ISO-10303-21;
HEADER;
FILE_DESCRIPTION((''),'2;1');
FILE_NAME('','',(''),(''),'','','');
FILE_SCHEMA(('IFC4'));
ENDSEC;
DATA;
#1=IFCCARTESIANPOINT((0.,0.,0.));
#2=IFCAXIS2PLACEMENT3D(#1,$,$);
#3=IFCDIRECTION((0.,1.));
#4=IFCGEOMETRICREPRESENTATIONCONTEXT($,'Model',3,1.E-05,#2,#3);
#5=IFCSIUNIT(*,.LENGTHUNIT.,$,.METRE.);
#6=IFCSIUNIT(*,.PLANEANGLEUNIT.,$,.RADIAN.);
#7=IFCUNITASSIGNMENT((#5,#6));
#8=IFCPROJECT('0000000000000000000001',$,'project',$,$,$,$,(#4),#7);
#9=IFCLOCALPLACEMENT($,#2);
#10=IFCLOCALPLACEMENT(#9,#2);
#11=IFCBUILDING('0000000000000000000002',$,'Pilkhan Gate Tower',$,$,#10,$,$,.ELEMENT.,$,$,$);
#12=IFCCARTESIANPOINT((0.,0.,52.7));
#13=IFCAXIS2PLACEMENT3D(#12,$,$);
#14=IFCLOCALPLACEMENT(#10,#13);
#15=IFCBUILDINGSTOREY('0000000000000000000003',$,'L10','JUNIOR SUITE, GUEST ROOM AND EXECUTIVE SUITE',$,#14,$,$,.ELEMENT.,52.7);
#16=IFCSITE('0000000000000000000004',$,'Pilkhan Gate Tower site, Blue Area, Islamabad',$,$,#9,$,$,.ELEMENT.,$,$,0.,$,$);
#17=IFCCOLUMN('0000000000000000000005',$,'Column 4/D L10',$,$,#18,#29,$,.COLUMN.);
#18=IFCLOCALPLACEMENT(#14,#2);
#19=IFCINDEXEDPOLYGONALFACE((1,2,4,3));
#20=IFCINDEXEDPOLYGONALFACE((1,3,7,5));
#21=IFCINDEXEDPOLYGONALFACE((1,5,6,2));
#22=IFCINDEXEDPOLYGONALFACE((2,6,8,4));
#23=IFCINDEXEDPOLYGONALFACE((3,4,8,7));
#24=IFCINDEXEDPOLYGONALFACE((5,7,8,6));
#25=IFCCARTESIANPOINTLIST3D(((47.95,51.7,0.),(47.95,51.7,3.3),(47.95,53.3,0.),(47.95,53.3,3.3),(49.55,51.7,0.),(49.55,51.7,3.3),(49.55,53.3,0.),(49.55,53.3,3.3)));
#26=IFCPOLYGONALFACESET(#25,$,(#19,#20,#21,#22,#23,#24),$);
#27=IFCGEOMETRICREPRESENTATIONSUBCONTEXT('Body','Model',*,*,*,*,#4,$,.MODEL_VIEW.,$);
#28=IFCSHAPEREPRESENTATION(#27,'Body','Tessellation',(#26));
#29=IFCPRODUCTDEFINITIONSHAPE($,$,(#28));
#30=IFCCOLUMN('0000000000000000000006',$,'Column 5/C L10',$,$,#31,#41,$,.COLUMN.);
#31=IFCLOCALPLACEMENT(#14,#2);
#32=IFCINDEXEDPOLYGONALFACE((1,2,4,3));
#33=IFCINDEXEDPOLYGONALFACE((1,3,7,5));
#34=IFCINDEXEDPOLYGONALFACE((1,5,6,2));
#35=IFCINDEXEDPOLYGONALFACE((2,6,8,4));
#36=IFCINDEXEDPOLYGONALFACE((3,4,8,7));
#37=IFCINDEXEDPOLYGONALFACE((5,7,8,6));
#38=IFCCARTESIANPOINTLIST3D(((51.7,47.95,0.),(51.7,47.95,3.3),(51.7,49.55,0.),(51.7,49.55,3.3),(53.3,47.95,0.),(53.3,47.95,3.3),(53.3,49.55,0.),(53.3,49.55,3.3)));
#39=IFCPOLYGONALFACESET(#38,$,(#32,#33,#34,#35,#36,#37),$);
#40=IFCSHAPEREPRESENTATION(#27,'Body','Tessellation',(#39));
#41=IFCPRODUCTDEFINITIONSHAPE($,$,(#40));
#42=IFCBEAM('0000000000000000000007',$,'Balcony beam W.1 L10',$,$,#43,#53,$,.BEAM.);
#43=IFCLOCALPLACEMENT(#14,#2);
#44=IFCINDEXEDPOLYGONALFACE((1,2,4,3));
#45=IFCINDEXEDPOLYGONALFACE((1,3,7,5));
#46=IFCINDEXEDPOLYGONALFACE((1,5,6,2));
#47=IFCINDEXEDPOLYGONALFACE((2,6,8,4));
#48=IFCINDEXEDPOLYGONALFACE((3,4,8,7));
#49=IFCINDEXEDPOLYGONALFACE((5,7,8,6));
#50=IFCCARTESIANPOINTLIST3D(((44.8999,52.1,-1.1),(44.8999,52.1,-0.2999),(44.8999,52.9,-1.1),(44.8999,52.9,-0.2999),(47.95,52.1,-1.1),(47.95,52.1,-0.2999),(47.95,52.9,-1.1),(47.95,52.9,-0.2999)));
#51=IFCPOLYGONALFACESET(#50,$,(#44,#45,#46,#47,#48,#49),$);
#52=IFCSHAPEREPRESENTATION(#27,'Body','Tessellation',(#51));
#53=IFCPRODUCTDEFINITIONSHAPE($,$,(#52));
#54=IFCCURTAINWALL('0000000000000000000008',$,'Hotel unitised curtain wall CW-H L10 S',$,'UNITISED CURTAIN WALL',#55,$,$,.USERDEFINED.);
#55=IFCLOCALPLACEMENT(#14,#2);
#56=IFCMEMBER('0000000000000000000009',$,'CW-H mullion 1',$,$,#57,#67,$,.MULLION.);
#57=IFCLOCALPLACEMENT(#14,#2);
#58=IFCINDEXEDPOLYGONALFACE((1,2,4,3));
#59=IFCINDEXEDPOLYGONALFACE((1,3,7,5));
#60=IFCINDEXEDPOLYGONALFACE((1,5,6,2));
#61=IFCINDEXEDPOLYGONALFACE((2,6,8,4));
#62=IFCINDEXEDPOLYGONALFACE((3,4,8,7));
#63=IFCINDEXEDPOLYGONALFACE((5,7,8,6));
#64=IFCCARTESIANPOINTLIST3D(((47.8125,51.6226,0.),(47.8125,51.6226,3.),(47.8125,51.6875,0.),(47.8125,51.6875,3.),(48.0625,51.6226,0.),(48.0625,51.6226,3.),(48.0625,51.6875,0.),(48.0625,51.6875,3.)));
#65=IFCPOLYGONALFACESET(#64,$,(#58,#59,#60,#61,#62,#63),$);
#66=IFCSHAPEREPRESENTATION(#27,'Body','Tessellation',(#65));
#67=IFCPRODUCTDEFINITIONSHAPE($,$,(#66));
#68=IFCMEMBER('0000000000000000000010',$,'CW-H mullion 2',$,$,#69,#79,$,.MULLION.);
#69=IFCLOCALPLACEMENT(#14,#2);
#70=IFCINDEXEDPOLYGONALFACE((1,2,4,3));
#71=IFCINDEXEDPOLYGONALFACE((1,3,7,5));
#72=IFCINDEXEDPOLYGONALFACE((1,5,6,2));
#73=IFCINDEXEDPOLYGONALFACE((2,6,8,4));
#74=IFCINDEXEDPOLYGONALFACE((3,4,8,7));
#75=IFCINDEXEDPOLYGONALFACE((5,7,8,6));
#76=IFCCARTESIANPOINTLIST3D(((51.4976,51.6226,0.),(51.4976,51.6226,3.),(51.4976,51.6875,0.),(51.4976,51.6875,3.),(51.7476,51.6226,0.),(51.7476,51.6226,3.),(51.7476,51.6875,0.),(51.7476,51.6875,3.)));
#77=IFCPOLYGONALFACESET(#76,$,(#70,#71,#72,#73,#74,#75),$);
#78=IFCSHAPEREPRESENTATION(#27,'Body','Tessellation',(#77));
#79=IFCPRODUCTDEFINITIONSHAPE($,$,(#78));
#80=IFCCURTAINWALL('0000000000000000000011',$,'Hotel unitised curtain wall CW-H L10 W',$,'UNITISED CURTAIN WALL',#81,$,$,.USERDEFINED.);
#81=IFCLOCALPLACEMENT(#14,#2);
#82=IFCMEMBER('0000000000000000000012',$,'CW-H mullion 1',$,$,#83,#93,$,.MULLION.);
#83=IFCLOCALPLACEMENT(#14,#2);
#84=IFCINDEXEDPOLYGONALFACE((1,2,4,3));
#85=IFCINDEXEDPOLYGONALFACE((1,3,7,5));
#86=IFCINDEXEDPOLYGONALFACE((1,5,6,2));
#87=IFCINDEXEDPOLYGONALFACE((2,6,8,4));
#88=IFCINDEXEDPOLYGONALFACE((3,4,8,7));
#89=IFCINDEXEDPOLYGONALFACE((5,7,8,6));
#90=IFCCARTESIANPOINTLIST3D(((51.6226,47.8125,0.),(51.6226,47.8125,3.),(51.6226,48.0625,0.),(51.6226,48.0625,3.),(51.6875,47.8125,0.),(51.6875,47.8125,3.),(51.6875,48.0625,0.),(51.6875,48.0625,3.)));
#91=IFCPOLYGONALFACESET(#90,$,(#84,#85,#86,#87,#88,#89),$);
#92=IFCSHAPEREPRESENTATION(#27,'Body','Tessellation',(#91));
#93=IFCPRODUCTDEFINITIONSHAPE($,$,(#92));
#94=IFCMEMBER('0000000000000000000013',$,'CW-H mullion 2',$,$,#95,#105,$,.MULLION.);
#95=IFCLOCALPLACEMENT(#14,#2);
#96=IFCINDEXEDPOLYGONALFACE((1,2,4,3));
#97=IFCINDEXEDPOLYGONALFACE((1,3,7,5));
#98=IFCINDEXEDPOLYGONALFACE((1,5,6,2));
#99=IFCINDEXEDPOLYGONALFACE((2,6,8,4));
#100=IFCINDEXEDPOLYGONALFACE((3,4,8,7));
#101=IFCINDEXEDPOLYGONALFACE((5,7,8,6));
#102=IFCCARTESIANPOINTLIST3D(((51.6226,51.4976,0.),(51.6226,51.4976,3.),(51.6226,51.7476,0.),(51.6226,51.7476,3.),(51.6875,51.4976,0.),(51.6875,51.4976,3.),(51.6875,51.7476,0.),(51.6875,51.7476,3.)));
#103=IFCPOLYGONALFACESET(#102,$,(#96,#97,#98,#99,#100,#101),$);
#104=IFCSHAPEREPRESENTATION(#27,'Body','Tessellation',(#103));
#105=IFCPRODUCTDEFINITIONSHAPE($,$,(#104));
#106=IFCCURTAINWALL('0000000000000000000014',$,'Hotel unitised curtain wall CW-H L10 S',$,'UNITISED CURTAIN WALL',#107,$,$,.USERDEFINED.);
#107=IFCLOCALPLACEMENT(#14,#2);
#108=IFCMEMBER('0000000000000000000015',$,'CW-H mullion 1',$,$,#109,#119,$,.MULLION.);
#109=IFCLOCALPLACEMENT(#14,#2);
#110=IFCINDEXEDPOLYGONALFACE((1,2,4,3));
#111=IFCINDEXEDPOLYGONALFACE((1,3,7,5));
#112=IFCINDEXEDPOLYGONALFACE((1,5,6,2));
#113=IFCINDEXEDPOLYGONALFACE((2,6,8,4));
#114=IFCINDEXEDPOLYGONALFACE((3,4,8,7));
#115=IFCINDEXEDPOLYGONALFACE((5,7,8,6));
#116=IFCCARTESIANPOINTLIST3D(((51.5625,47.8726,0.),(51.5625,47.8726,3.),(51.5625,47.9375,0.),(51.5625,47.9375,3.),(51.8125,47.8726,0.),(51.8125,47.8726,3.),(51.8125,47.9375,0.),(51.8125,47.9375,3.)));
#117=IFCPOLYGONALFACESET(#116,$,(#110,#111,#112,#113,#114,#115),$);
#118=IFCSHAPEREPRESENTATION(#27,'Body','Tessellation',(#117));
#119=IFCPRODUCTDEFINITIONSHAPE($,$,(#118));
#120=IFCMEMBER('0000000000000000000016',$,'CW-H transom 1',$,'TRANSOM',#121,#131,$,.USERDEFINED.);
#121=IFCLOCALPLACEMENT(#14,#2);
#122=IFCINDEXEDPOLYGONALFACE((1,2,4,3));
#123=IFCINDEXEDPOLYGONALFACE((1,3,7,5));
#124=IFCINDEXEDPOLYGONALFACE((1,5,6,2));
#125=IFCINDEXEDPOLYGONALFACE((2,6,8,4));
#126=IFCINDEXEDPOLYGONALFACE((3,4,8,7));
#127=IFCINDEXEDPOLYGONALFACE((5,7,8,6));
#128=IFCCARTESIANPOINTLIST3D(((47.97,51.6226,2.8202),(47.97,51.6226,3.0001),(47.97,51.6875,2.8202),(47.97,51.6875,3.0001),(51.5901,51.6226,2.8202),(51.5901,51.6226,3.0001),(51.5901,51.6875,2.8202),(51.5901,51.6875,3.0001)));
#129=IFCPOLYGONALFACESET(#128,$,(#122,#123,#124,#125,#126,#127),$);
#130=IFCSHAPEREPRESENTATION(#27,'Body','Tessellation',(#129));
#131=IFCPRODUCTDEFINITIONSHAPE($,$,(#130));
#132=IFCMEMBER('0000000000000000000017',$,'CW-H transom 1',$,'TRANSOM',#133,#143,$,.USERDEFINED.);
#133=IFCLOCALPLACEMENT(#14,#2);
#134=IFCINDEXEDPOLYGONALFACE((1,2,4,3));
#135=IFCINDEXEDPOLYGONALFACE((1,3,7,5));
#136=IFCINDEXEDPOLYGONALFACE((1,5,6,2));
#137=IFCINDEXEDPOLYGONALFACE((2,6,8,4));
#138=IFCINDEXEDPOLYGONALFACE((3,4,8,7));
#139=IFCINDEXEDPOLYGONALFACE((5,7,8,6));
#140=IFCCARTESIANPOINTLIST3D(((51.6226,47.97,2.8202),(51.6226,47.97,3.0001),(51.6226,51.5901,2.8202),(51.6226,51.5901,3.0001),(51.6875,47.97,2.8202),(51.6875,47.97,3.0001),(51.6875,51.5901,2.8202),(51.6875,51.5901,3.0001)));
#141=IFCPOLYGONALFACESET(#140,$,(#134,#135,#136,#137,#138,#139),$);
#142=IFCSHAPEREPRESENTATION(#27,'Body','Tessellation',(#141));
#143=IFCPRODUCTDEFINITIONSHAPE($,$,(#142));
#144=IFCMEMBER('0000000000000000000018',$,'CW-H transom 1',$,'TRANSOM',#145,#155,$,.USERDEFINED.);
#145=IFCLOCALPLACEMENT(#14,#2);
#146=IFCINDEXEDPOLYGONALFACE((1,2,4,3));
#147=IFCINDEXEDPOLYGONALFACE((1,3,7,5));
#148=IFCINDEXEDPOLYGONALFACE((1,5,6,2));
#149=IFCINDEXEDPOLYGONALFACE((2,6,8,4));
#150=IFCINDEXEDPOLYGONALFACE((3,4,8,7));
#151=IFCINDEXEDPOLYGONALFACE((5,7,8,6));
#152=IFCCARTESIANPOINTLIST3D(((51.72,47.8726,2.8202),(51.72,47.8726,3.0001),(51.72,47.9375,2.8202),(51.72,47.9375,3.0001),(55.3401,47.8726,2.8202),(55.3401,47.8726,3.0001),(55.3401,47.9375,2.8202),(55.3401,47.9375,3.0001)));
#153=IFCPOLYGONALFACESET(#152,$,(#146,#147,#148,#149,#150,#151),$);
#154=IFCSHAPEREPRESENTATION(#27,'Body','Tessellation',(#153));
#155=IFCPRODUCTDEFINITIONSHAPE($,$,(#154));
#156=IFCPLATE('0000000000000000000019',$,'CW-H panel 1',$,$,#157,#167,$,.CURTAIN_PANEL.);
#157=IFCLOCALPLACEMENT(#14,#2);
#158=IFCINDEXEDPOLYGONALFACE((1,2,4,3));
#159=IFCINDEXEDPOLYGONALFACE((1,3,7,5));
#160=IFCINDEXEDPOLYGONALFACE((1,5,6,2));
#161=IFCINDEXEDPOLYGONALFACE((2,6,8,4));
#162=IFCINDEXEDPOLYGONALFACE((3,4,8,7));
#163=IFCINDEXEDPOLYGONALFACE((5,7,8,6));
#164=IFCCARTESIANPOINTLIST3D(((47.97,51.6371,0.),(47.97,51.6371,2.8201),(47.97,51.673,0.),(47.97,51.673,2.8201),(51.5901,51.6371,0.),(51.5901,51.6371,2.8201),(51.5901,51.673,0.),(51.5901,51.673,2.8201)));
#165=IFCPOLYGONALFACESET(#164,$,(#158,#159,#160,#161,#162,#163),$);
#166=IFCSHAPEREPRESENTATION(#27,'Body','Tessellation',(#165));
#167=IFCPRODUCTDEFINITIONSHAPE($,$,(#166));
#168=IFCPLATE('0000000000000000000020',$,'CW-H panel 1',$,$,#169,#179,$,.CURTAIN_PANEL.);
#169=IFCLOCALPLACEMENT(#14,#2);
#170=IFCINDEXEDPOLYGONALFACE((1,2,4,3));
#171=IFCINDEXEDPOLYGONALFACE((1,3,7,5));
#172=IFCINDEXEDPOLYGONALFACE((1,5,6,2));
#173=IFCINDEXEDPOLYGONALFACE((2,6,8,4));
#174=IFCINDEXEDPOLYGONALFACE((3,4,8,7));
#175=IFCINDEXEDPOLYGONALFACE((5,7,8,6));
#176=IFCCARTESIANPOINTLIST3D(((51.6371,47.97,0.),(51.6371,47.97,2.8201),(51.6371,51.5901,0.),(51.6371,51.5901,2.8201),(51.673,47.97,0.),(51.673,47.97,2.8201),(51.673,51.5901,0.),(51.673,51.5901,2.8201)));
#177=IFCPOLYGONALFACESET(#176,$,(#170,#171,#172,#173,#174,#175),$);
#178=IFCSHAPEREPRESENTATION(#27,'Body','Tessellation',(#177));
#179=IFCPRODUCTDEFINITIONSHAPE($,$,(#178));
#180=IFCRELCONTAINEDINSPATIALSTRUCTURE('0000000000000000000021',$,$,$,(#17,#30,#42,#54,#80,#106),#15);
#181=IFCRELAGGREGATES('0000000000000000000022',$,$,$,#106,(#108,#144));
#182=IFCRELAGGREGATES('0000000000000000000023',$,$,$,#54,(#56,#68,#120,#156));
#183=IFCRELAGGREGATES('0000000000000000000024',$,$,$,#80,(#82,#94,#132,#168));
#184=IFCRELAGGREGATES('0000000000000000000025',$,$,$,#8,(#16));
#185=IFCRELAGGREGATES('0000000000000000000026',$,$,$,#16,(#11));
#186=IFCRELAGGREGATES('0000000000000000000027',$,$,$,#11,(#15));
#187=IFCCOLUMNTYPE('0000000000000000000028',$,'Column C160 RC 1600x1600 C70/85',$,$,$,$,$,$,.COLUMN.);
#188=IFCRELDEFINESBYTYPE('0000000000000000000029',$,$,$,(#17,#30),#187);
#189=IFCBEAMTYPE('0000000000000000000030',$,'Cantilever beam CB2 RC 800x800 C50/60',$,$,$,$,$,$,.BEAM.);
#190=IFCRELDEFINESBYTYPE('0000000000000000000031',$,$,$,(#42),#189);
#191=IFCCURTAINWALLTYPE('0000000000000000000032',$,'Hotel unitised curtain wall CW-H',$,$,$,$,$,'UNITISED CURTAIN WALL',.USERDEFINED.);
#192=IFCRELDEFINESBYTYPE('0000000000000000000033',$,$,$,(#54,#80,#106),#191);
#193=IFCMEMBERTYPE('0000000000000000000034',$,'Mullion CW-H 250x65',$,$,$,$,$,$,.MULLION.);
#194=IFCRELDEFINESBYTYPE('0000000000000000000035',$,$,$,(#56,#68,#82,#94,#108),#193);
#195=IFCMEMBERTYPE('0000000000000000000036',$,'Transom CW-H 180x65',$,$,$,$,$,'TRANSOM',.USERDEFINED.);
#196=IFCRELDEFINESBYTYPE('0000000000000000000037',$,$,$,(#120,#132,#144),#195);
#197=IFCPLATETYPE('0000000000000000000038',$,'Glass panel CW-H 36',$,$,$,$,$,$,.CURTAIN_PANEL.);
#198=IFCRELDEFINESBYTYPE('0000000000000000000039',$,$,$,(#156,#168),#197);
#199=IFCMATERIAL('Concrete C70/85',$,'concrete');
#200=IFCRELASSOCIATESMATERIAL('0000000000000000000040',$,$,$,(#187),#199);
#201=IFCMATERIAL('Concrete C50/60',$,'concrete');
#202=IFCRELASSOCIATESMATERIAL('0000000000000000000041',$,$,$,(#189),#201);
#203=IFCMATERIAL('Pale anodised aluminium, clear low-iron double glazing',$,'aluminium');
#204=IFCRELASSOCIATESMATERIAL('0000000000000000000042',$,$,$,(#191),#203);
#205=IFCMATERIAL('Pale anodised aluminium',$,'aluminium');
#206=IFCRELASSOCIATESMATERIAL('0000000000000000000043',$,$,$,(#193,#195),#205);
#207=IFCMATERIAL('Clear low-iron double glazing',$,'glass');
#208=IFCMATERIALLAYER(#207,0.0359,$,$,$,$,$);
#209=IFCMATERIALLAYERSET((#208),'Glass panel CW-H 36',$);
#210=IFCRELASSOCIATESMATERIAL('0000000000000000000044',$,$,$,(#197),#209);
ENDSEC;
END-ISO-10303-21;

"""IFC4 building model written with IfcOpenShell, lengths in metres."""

from ifc_helpers import new_model, si_unit, direction, frame, origin, origin_2d, place, context, subcontext, project, spatial, rectangle, extrude, material, layer, layer_set, material_profile, profile_set, type_object, element, aggregate, save


model = new_model("IFC4")

# Units and contexts
model_context = context("Model", 3, precision=1e-05, world=origin(), true_north=direction((0.0, 1.0)))
body_context = subcontext(model_context, "Body", "Model", "MODEL_VIEW")
ifc_project = project(units=[si_unit("LENGTHUNIT", "METRE"), si_unit("PLANEANGLEUNIT", "RADIAN")], contexts=[model_context])

# Site, building, storey
site_placement = place(None, origin())
site = spatial("IfcSite", under=ifc_project, at=site_placement, Name="Pilkhan Gate Tower site, Blue Area, Islamabad", CompositionType="ELEMENT", RefElevation=0.0)
building_placement = place(site_placement, origin())
building = spatial("IfcBuilding", under=site, at=building_placement, Name="Pilkhan Gate Tower", CompositionType="ELEMENT")
storey_placement = place(building_placement, frame((0.0, 0.0, 52.7)))
storey = spatial("IfcBuildingStorey", under=building, at=storey_placement, Name="L10", Description="JUNIOR SUITE, GUEST ROOM AND EXECUTIVE SUITE", CompositionType="ELEMENT", Elevation=52.7)

# Columns
ifc_material_1 = material(Name="Concrete C70/85", Category="concrete")
ifc_material_profile_1 = material_profile(ifc_material_1, rectangle(XDim=1.6001, YDim=1.6001, at=origin_2d()), Name="RC 1600x1600")
ifc_profile_set_1 = profile_set([ifc_material_profile_1], Name="Concrete C70/85")
column_type = type_object("IfcColumnType", Name="Column C160 RC 1600x1600 C70/85", PredefinedType="COLUMN", material=ifc_profile_set_1)
for number, where, z_axis, x_axis, name in (
    (1, (48.75, 52.5, 0.0), (0.0, 0.0, 1.0), (1.0, 0.0, 0.0), "Column 4/D L10"),
    (2, (52.5, 48.75, 0.0), (0.0, 0.0, 1.0), (1.0, 0.0, 0.0), "Column 5/C L10"),
):
    element("IfcColumn", number, at=place(storey_placement, frame(where, z_axis=z_axis, x_axis=x_axis)), inside=storey, type_object=column_type, Name=name, PredefinedType="COLUMN", context=body_context, shape_type="SweptSolid", body=[
        extrude(rectangle(XDim=1.6001, YDim=1.6001, at=origin_2d()), origin(), (0.0, 0.0, 1.0), 3.3),
    ])

# Beam
ifc_material_2 = material(Name="Concrete C50/60", Category="concrete")
ifc_material_profile_2 = material_profile(ifc_material_2, rectangle(XDim=0.8, YDim=0.8, at=origin_2d()), Name="RC 800x800")
ifc_profile_set_2 = profile_set([ifc_material_profile_2], Name="Concrete C50/60")
beam_type = type_object("IfcBeamType", Name="Cantilever beam CB2 RC 800x800 C50/60", PredefinedType="BEAM", material=ifc_profile_set_2)
beam_placement = place(storey_placement, frame((47.95, 52.5, -0.7), z_axis=(-1.0, 0.0, 0.0), x_axis=(0.0, -1.0, 0.0)))
element("IfcBeam", 3, at=beam_placement, inside=storey, type_object=beam_type, Name="Balcony beam W.1 L10", PredefinedType="BEAM", context=body_context, shape_type="SweptSolid", body=[
    extrude(rectangle(XDim=0.8, YDim=0.8, at=origin_2d()), origin(), (0.0, 0.0, 1.0), 3.05),
])

# Curtain walls, members
ifc_material_3 = material(Name="Pale anodised aluminium, clear low-iron double glazing", Category="aluminium")
curtain_wall_type = type_object("IfcCurtainWallType", Name="Hotel unitised curtain wall CW-H", ElementType="UNITISED CURTAIN WALL", PredefinedType="USERDEFINED", material=ifc_material_3)
curtain_wall_1_placement = place(storey_placement, origin())
curtain_wall_1 = element("IfcCurtainWall", 4, at=curtain_wall_1_placement, inside=storey, type_object=curtain_wall_type, Name="Hotel unitised curtain wall CW-H L10 S", ObjectType="UNITISED CURTAIN WALL", PredefinedType="USERDEFINED")
ifc_material_4 = material(Name="Pale anodised aluminium", Category="aluminium")
ifc_material_profile_3 = material_profile(ifc_material_4, rectangle(XDim=0.0649, YDim=0.25, at=origin_2d()), Name="Mullion 250x65")
ifc_profile_set_3 = profile_set([ifc_material_profile_3], Name="Pale anodised aluminium")
member_type_1 = type_object("IfcMemberType", Name="Mullion CW-H 250x65", PredefinedType="MULLION", material=ifc_profile_set_3)
member_1_placement = place(storey_placement, frame((47.9375, 51.655, 0.0), z_axis=(0.0, 0.0, 1.0), x_axis=(0.0, 1.0, 0.0)))
member_1 = element("IfcMember", 5, at=member_1_placement, type_object=member_type_1, Name="CW-H mullion 1", PredefinedType="MULLION", context=body_context, shape_type="SweptSolid", body=[
    extrude(rectangle(XDim=0.0649, YDim=0.25, at=origin_2d()), origin(), (0.0, 0.0, 1.0), 3.0),
])
member_2_placement = place(storey_placement, frame((51.6226, 51.655, 0.0), z_axis=(0.0, 0.0, 1.0), x_axis=(0.0, 1.0, 0.0)))
member_2 = element("IfcMember", 6, at=member_2_placement, type_object=member_type_1, Name="CW-H mullion 2", PredefinedType="MULLION", context=body_context, shape_type="SweptSolid", body=[
    extrude(rectangle(XDim=0.0649, YDim=0.25, at=origin_2d()), origin(), (0.0, 0.0, 1.0), 3.0),
])
curtain_wall_2_placement = place(storey_placement, origin())
curtain_wall_2 = element("IfcCurtainWall", 7, at=curtain_wall_2_placement, inside=storey, type_object=curtain_wall_type, Name="Hotel unitised curtain wall CW-H L10 W", ObjectType="UNITISED CURTAIN WALL", PredefinedType="USERDEFINED")
member_3_placement = place(storey_placement, frame((51.655, 47.9375, 0.0), z_axis=(0.0, 0.0, 1.0), x_axis=(-1.0, 0.0, 0.0)))
member_3 = element("IfcMember", 8, at=member_3_placement, type_object=member_type_1, Name="CW-H mullion 1", PredefinedType="MULLION", context=body_context, shape_type="SweptSolid", body=[
    extrude(rectangle(XDim=0.0649, YDim=0.25, at=origin_2d()), origin(), (0.0, 0.0, 1.0), 3.0),
])
member_4_placement = place(storey_placement, frame((51.655, 51.6226, 0.0), z_axis=(0.0, 0.0, 1.0), x_axis=(-1.0, 0.0, 0.0)))
member_4 = element("IfcMember", 9, at=member_4_placement, type_object=member_type_1, Name="CW-H mullion 2", PredefinedType="MULLION", context=body_context, shape_type="SweptSolid", body=[
    extrude(rectangle(XDim=0.0649, YDim=0.25, at=origin_2d()), origin(), (0.0, 0.0, 1.0), 3.0),
])

# Curtain wall, member
curtain_wall_3_placement = place(storey_placement, origin())
curtain_wall_3 = element("IfcCurtainWall", 10, at=curtain_wall_3_placement, inside=storey, type_object=curtain_wall_type, Name="Hotel unitised curtain wall CW-H L10 S", ObjectType="UNITISED CURTAIN WALL", PredefinedType="USERDEFINED")
member_5_placement = place(storey_placement, frame((51.6875, 47.905, 0.0), z_axis=(0.0, 0.0, 1.0), x_axis=(0.0, 1.0, 0.0)))
member_5 = element("IfcMember", 11, at=member_5_placement, type_object=member_type_1, Name="CW-H mullion 1", PredefinedType="MULLION", context=body_context, shape_type="SweptSolid", body=[
    extrude(rectangle(XDim=0.0649, YDim=0.25, at=origin_2d()), origin(), (0.0, 0.0, 1.0), 3.0),
])

# Members
ifc_material_profile_4 = material_profile(ifc_material_4, rectangle(XDim=0.0649, YDim=0.1799, at=origin_2d()), Name="Transom 180x65")
ifc_profile_set_4 = profile_set([ifc_material_profile_4], Name="Pale anodised aluminium")
member_type_2 = type_object("IfcMemberType", Name="Transom CW-H 180x65", ElementType="TRANSOM", PredefinedType="USERDEFINED", material=ifc_profile_set_4)
member_6_placement = place(storey_placement, frame((47.97, 51.655, 2.9102), z_axis=(1.0, 0.0, 0.0), x_axis=(0.0, 1.0, 0.0)))
member_6 = element("IfcMember", 12, at=member_6_placement, type_object=member_type_2, Name="CW-H transom 1", ObjectType="TRANSOM", PredefinedType="USERDEFINED", context=body_context, shape_type="SweptSolid", body=[
    extrude(rectangle(XDim=0.0649, YDim=0.1799, at=origin_2d()), origin(), (0.0, 0.0, 1.0), 3.6201),
])
member_7_placement = place(storey_placement, frame((51.655, 47.97, 2.9102), z_axis=(0.0, 1.0, 0.0), x_axis=(-1.0, 0.0, 0.0)))
member_7 = element("IfcMember", 13, at=member_7_placement, type_object=member_type_2, Name="CW-H transom 1", ObjectType="TRANSOM", PredefinedType="USERDEFINED", context=body_context, shape_type="SweptSolid", body=[
    extrude(rectangle(XDim=0.0649, YDim=0.1799, at=origin_2d()), origin(), (0.0, 0.0, 1.0), 3.6201),
])
member_8_placement = place(storey_placement, frame((51.72, 47.905, 2.9102), z_axis=(1.0, 0.0, 0.0), x_axis=(0.0, 1.0, 0.0)))
member_8 = element("IfcMember", 14, at=member_8_placement, type_object=member_type_2, Name="CW-H transom 1", ObjectType="TRANSOM", PredefinedType="USERDEFINED", context=body_context, shape_type="SweptSolid", body=[
    extrude(rectangle(XDim=0.0649, YDim=0.1799, at=origin_2d()), origin(), (0.0, 0.0, 1.0), 3.6201),
])
aggregate(curtain_wall_3, [member_5, member_8])

# Plates
ifc_material_5 = material(Name="Clear low-iron double glazing", Category="glass")
ifc_layer_1 = layer(ifc_material_5, 0.0359)
ifc_layer_set_1 = layer_set([ifc_layer_1], Name="Glass panel CW-H 36")
plate_type = type_object("IfcPlateType", Name="Glass panel CW-H 36", PredefinedType="CURTAIN_PANEL", material=ifc_layer_set_1)
plate_1_placement = place(storey_placement, frame((49.78, 51.655, 0.0), z_axis=(0.0, 0.0, 1.0), x_axis=(1.0, 0.0, 0.0)))
plate_1 = element("IfcPlate", 15, at=plate_1_placement, type_object=plate_type, Name="CW-H panel 1", PredefinedType="CURTAIN_PANEL", context=body_context, shape_type="SweptSolid", body=[
    extrude(rectangle(XDim=3.6201, YDim=0.0359, at=origin_2d()), origin(), (0.0, 0.0, 1.0), 2.8201),
])
aggregate(curtain_wall_1, [member_1, member_2, member_6, plate_1])
plate_2_placement = place(storey_placement, frame((51.655, 49.78, 0.0), z_axis=(0.0, 0.0, 1.0), x_axis=(0.0, 1.0, 0.0)))
plate_2 = element("IfcPlate", 16, at=plate_2_placement, type_object=plate_type, Name="CW-H panel 1", PredefinedType="CURTAIN_PANEL", context=body_context, shape_type="SweptSolid", body=[
    extrude(rectangle(XDim=3.6201, YDim=0.0359, at=origin_2d()), origin(), (0.0, 0.0, 1.0), 2.8201),
])
aggregate(curtain_wall_2, [member_3, member_4, member_7, plate_2])

save(model, "model.ifc")
